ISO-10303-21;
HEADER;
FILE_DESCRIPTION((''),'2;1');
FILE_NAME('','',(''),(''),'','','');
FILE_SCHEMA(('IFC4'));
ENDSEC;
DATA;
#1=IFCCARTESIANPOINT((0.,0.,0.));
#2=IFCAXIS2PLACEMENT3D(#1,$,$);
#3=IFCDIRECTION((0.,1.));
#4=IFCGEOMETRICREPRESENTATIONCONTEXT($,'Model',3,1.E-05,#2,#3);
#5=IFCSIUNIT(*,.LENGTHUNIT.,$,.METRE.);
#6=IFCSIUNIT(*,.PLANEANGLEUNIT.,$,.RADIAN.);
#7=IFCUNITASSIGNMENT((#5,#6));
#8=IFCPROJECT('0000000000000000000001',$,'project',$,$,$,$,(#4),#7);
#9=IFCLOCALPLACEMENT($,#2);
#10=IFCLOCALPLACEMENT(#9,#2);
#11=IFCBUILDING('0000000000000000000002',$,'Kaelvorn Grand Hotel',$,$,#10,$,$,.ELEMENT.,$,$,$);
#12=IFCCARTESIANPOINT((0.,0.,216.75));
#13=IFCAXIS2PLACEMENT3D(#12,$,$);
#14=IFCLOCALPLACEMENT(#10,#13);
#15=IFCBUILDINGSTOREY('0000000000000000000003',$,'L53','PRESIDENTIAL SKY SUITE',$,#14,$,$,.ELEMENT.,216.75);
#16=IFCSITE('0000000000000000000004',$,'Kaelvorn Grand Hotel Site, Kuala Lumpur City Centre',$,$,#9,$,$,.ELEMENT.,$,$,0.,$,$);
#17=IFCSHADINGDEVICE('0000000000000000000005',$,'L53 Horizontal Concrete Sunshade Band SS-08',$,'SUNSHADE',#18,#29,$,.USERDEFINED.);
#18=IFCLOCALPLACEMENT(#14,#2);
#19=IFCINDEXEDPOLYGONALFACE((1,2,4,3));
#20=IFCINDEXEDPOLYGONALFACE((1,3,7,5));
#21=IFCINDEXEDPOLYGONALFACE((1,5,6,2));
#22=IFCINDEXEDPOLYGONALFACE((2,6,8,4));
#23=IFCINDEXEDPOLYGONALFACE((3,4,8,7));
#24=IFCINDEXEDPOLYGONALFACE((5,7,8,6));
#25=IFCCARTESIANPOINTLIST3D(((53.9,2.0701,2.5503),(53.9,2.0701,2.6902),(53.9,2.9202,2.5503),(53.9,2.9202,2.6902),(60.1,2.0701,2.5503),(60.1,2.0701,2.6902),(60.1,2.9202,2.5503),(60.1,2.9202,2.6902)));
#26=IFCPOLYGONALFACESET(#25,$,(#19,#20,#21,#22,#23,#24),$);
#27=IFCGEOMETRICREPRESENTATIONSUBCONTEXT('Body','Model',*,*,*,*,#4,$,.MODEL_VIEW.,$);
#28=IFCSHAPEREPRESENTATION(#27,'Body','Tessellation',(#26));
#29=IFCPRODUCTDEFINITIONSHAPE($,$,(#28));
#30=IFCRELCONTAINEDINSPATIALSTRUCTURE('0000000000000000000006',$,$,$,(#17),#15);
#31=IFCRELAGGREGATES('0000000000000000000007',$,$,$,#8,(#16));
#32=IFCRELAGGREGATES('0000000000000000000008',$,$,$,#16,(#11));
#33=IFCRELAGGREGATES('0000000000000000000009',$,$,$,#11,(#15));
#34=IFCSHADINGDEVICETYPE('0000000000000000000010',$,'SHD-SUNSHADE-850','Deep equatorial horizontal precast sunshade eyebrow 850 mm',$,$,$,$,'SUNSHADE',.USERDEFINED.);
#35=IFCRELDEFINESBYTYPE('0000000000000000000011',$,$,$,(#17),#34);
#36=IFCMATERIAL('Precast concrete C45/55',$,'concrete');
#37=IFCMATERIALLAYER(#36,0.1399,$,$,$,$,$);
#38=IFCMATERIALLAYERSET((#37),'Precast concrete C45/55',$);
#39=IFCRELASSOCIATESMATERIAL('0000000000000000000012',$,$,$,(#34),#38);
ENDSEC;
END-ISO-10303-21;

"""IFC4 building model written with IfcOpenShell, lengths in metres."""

from ifc_helpers import new_model, si_unit, direction, frame, origin, origin_2d, place, context, subcontext, project, spatial, rectangle, extrude, material, layer, layer_set, type_object, element, save


model = new_model("IFC4")

# Units and contexts
model_context = context("Model", 3, precision=1e-05, world=origin(), true_north=direction((0.0, 1.0)))
body_context = subcontext(model_context, "Body", "Model", "MODEL_VIEW")
ifc_project = project(units=[si_unit("LENGTHUNIT", "METRE"), si_unit("PLANEANGLEUNIT", "RADIAN")], contexts=[model_context])

# Site, building, storey
site_placement = place(None, origin())
site = spatial("IfcSite", under=ifc_project, at=site_placement, Name="Kaelvorn Grand Hotel Site, Kuala Lumpur City Centre", CompositionType="ELEMENT", RefElevation=0.0)
building_placement = place(site_placement, origin())
building = spatial("IfcBuilding", under=site, at=building_placement, Name="Kaelvorn Grand Hotel", CompositionType="ELEMENT")
storey_placement = place(building_placement, frame((0.0, 0.0, 216.75)))
storey = spatial("IfcBuildingStorey", under=building, at=storey_placement, Name="L53", Description="PRESIDENTIAL SKY SUITE", CompositionType="ELEMENT", Elevation=216.75)

# Shading device
ifc_material_1 = material(Name="Precast concrete C45/55", Category="concrete")
ifc_layer_1 = layer(ifc_material_1, 0.1399)
ifc_layer_set_1 = layer_set([ifc_layer_1], Name="Precast concrete C45/55")
shading_device_type_1 = type_object("IfcShadingDeviceType", Name="SHD-SUNSHADE-850", Description="Deep equatorial horizontal precast sunshade eyebrow 850 mm", ElementType="SUNSHADE", PredefinedType="USERDEFINED", material=ifc_layer_set_1)
shading_device_placement = place(storey_placement, frame((57.0, 2.4951, 2.5503), z_axis=(0.0, 0.0, 1.0), x_axis=(1.0, 0.0, 0.0)))
element("IfcShadingDevice", 1, at=shading_device_placement, inside=storey, type_object=shading_device_type_1, Name="L53 Horizontal Concrete Sunshade Band SS-08", ObjectType="SUNSHADE", PredefinedType="USERDEFINED", context=body_context, shape_type="SweptSolid", body=[
    extrude(rectangle(XDim=6.2, YDim=0.8501, at=origin_2d()), origin(), (0.0, 0.0, 1.0), 0.1399),
])

save(model, "model.ifc")
